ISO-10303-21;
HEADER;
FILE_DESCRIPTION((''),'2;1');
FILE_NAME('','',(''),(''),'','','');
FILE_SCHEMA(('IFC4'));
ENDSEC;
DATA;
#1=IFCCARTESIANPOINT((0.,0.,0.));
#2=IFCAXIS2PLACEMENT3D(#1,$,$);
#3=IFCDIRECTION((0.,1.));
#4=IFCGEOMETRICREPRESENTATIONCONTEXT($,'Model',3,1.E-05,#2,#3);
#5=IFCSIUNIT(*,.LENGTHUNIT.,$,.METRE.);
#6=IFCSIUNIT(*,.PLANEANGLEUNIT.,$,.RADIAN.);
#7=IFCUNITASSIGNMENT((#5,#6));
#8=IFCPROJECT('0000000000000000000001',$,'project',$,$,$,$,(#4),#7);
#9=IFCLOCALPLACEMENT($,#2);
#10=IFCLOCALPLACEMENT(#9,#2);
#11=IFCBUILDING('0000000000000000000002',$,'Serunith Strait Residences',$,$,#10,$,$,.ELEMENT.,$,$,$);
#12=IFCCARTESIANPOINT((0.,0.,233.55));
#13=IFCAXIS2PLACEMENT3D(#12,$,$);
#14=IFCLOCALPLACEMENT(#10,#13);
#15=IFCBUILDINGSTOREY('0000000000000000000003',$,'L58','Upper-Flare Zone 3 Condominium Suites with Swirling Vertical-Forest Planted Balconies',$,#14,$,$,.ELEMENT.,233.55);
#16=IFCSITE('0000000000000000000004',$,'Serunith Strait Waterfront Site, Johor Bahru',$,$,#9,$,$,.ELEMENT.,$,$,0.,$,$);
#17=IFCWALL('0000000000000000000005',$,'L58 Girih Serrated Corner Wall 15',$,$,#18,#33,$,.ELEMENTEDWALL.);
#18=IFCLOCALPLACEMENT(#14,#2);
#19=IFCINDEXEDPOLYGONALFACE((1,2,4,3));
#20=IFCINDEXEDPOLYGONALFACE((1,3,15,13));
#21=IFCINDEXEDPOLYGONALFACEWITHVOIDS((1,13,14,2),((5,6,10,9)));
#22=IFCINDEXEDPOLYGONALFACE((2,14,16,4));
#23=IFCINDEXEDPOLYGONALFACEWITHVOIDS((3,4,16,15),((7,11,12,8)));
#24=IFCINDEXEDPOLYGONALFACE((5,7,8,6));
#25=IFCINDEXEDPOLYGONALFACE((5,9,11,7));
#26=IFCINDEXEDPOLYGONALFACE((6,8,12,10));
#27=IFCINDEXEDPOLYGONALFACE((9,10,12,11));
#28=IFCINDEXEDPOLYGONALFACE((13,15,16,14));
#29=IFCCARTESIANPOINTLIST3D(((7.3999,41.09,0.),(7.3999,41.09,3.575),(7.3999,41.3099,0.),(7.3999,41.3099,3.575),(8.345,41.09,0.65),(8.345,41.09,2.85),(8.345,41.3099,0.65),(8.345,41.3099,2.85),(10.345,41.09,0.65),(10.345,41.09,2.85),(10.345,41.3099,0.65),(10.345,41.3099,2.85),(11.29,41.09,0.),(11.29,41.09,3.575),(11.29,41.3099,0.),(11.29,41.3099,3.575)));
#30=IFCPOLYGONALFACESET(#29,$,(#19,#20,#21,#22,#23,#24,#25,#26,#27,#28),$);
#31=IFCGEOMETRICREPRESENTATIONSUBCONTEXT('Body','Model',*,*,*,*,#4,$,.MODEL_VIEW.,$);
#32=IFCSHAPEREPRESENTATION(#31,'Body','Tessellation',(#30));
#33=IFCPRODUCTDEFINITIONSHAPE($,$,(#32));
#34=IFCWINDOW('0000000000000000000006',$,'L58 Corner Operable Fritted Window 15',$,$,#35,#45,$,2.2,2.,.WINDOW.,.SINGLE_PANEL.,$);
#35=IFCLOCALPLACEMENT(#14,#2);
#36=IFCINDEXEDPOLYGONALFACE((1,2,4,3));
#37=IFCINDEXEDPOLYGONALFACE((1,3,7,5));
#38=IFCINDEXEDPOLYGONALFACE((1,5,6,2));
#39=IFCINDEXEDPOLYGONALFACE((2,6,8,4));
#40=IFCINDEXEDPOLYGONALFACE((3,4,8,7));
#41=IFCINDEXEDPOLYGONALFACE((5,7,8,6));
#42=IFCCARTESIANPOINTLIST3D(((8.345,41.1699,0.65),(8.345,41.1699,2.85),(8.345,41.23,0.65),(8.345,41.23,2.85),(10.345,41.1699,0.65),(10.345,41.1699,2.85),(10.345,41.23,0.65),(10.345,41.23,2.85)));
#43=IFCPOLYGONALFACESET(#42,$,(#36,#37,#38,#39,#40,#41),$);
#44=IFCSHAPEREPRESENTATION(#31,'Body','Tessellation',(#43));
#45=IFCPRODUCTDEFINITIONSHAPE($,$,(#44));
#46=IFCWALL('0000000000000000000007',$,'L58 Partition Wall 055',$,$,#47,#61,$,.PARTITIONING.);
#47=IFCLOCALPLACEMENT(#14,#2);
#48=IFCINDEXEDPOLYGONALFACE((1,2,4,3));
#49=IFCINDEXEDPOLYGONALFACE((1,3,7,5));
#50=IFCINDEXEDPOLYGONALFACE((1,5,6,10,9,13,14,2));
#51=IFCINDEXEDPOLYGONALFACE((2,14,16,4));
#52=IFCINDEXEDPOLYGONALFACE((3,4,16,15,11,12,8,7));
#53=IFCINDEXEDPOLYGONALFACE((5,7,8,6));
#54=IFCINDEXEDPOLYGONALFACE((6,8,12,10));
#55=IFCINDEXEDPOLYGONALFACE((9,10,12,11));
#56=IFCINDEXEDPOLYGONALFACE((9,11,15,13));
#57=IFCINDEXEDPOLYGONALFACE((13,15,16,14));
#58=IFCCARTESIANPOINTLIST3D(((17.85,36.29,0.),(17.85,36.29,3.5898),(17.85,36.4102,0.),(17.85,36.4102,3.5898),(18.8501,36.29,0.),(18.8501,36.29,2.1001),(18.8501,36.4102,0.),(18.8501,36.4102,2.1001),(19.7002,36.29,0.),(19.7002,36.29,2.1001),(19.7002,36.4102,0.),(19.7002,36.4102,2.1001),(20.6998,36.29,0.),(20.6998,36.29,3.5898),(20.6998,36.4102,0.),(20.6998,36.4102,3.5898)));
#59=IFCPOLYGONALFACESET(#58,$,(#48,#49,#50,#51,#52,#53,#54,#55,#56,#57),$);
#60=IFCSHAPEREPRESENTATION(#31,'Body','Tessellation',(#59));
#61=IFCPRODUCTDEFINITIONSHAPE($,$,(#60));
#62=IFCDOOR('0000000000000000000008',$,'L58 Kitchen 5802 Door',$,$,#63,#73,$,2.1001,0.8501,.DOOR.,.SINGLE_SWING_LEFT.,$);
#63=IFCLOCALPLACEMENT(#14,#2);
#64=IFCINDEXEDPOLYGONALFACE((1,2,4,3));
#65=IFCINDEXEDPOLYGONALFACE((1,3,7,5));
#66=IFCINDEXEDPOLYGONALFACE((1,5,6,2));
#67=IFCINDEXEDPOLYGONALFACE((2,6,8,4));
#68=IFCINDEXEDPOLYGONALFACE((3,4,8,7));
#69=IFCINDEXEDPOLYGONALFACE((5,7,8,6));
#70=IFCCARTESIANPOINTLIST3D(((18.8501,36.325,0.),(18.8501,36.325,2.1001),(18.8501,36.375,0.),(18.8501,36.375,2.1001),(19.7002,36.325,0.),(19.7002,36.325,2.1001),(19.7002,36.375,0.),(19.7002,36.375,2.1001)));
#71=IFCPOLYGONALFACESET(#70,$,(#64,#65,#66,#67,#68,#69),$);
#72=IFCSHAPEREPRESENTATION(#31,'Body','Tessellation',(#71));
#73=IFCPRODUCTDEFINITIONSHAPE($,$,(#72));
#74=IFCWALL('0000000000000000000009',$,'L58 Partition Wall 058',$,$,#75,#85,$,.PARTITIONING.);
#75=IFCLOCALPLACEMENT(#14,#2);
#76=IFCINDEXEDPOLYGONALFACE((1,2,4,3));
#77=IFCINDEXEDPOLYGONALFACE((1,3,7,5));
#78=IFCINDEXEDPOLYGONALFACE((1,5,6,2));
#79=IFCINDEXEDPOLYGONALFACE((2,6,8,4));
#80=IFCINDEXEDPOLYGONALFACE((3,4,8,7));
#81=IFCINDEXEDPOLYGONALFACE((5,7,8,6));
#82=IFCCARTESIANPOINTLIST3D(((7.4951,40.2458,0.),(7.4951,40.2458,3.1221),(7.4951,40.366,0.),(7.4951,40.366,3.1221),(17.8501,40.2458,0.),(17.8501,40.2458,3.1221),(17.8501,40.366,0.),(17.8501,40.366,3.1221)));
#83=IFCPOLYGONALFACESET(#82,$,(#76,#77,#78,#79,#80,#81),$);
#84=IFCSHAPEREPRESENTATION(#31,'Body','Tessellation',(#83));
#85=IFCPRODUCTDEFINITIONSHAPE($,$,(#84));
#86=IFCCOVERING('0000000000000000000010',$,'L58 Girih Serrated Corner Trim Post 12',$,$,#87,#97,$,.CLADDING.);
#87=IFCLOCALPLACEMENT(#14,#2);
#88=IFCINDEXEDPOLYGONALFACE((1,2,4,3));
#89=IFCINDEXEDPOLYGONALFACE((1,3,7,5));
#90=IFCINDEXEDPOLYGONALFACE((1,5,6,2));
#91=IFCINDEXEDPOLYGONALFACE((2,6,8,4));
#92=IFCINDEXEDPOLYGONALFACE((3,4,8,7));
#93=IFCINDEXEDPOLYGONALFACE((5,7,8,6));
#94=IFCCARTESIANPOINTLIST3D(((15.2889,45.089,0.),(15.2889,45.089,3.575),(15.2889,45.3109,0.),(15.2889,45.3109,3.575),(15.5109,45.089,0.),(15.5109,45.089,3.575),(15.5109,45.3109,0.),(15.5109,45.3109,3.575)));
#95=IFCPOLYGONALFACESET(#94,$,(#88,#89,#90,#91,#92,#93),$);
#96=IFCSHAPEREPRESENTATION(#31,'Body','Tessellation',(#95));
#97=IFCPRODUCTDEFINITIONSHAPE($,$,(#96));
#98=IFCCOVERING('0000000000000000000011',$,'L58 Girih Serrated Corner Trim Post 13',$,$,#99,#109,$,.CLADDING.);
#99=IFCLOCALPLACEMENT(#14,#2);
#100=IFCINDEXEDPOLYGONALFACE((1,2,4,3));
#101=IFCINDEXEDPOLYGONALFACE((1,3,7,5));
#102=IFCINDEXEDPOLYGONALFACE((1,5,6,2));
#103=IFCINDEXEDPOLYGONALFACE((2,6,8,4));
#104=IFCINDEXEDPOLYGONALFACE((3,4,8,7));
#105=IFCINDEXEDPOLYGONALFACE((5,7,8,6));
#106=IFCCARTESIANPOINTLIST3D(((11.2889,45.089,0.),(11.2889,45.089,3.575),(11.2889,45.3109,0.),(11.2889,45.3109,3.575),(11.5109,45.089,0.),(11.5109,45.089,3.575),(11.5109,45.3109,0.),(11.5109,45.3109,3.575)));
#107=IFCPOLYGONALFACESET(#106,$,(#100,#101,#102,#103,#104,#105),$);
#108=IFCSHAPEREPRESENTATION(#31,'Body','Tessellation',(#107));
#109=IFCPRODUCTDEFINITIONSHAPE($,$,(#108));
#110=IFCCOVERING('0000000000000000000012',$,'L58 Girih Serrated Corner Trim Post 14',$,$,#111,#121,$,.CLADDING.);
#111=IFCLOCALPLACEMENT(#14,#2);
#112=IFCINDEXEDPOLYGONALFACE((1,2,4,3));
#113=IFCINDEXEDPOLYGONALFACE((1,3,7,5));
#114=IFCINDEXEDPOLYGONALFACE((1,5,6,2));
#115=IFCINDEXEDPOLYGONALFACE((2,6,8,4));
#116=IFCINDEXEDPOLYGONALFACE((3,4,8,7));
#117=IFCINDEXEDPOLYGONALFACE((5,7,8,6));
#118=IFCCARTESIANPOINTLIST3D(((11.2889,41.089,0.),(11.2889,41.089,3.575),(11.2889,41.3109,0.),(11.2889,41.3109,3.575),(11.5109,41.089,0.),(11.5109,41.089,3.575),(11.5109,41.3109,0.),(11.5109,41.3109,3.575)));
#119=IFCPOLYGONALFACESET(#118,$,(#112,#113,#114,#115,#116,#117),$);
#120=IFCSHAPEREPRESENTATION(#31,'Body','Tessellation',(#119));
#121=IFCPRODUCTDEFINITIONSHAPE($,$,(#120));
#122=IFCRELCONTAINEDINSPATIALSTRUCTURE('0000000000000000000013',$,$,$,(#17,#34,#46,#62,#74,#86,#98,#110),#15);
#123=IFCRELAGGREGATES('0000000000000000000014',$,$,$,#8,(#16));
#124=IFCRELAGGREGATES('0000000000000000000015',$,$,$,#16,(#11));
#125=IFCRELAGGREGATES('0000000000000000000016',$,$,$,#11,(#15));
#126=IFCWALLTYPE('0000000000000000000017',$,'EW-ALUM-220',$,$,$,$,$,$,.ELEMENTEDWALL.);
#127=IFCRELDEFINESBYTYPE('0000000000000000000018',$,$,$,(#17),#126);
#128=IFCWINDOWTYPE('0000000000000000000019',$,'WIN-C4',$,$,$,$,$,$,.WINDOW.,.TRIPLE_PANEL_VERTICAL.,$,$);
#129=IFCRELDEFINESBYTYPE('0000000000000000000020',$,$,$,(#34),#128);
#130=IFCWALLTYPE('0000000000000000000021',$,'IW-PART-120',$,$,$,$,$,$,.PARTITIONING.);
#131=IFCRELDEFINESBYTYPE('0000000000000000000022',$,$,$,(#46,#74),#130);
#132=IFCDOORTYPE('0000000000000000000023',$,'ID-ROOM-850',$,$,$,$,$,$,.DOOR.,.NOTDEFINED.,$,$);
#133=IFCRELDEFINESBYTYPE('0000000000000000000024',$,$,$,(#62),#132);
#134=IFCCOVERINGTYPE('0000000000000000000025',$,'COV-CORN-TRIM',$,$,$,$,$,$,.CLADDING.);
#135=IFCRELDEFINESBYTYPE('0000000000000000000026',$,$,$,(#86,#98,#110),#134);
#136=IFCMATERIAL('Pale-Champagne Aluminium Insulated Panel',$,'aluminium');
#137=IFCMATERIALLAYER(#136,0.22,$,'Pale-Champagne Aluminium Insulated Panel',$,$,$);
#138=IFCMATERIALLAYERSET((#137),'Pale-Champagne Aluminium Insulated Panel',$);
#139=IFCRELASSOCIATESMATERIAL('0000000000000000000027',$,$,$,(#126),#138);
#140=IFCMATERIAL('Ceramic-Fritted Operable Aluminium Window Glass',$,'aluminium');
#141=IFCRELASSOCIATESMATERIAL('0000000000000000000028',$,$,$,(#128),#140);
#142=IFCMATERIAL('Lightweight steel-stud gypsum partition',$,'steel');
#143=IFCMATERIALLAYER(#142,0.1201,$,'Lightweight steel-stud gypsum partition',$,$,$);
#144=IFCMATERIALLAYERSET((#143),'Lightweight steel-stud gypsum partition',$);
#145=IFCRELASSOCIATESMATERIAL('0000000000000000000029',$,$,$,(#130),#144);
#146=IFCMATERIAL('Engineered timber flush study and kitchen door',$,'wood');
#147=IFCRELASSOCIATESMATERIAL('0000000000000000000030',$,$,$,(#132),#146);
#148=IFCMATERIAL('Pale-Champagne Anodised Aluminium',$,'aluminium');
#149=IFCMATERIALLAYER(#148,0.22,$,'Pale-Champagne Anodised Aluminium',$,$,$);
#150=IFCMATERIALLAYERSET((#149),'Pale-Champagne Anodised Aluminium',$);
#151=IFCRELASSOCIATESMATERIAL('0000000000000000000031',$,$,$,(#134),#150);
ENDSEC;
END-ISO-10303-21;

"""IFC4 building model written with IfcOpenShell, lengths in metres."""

from ifc_helpers import new_model, si_unit, direction, frame, frame_2d, origin, origin_2d, place, context, subcontext, project, spatial, rectangle, extrude, source, transform, mapped, material, layer, layer_set, type_object, element, fill, save


model = new_model("IFC4")

# Units and contexts
model_context = context("Model", 3, precision=1e-05, world=origin(), true_north=direction((0.0, 1.0)))
body_context = subcontext(model_context, "Body", "Model", "MODEL_VIEW")
ifc_project = project(units=[si_unit("LENGTHUNIT", "METRE"), si_unit("PLANEANGLEUNIT", "RADIAN")], contexts=[model_context])

# Site, building, storey
site_placement = place(None, origin())
site = spatial("IfcSite", under=ifc_project, at=site_placement, Name="Serunith Strait Waterfront Site, Johor Bahru", CompositionType="ELEMENT", RefElevation=0.0)
building_placement = place(site_placement, origin())
building = spatial("IfcBuilding", under=site, at=building_placement, Name="Serunith Strait Residences", CompositionType="ELEMENT")
storey_placement = place(building_placement, frame((0.0, 0.0, 233.55)))
storey = spatial("IfcBuildingStorey", under=building, at=storey_placement, Name="L58", Description="Upper-Flare Zone 3 Condominium Suites with Swirling Vertical-Forest Planted Balconies", CompositionType="ELEMENT", Elevation=233.55)

# Shared definitions
ifc_material_1 = material(Name="Pale-Champagne Anodised Aluminium", Category="aluminium")

# Wall, opening, window
ifc_material_2 = material(Name="Pale-Champagne Aluminium Insulated Panel", Category="aluminium")
ifc_layer_1 = layer(ifc_material_2, 0.22, Name="Pale-Champagne Aluminium Insulated Panel")
ifc_layer_set_1 = layer_set([ifc_layer_1], Name="Pale-Champagne Aluminium Insulated Panel")
wall_type_1 = type_object("IfcWallType", Name="EW-ALUM-220", PredefinedType="ELEMENTEDWALL", material=ifc_layer_set_1)
ifc_material_3 = material(Name="Ceramic-Fritted Operable Aluminium Window Glass", Category="aluminium")
window_type = type_object("IfcWindowType", Name="WIN-C4", PartitioningType="TRIPLE_PANEL_VERTICAL", PredefinedType="WINDOW", material=ifc_material_3)
shared_shape_1 = source(origin(), body_context, "Body", "SweptSolid", [
    extrude(rectangle(XDim=2.0, YDim=2.2, at=frame_2d((1.0, 1.1001))), frame((0.0, 0.03, 0.0), z_axis=(0.0, -1.0, 0.0), x_axis=(1.0, 0.0, 0.0)), (0.0, 0.0, 1.0), 0.0601),
])
wall_1_placement = place(storey_placement, frame((11.29, 41.2, 0.0), z_axis=(0.0, 0.0, 1.0), x_axis=(-1.0, 0.0, 0.0)))
wall_1 = element("IfcWall", 1, at=wall_1_placement, inside=storey, type_object=wall_type_1, Name="L58 Girih Serrated Corner Wall 15", PredefinedType="ELEMENTEDWALL", context=body_context, shape_type="SweptSolid", body=[
    extrude(rectangle(XDim=3.8901, YDim=0.22, at=frame_2d((1.9451, 0.0))), origin(), (0.0, 0.0, 1.0), 3.575),
])
opening_1_placement = place(wall_1_placement, frame((0.9451, 0.0, 0.6499)))
opening_1 = element("IfcOpeningElement", 2, at=opening_1_placement, cuts=wall_1, PredefinedType="OPENING", context=body_context, shape_type="SweptSolid", body=[
    extrude(rectangle(XDim=2.0, YDim=2.2, at=frame_2d((1.0, 1.1001))), frame((0.0, 0.1201, 0.0), z_axis=(0.0, -1.0, 0.0), x_axis=(1.0, 0.0, 0.0)), (0.0, 0.0, 1.0), 0.24),
])
window_1_placement = place(opening_1_placement, origin())
window_1 = element("IfcWindow", 3, at=window_1_placement, inside=storey, type_object=window_type, Name="L58 Corner Operable Fritted Window 15", OverallHeight=2.2, OverallWidth=2.0, PartitioningType="SINGLE_PANEL", PredefinedType="WINDOW", context=body_context, shape_type="MappedRepresentation", body=[
    mapped(shared_shape_1, transform((0.0, 0.0, 0.0), scale=1.0)),
])
fill(opening_1, window_1)

# Wall, opening, door
ifc_material_4 = material(Name="Lightweight steel-stud gypsum partition", Category="steel")
ifc_layer_2 = layer(ifc_material_4, 0.1201, Name="Lightweight steel-stud gypsum partition")
ifc_layer_set_2 = layer_set([ifc_layer_2], Name="Lightweight steel-stud gypsum partition")
wall_type_2 = type_object("IfcWallType", Name="IW-PART-120", PredefinedType="PARTITIONING", material=ifc_layer_set_2)
wall_2_placement = place(storey_placement, frame((17.8501, 36.3501, 0.0), z_axis=(0.0, 0.0, 1.0), x_axis=(1.0, 0.0, 0.0)))
wall_2 = element("IfcWall", 4, at=wall_2_placement, inside=storey, type_object=wall_type_2, Name="L58 Partition Wall 055", PredefinedType="PARTITIONING", context=body_context, shape_type="SweptSolid", body=[
    extrude(rectangle(XDim=2.8499, YDim=0.1201, at=frame_2d((1.4248, 0.0))), origin(), (0.0, 0.0, 1.0), 3.5898),
])
opening_2_placement = place(wall_2_placement, frame((1.0, 0.0, 0.0)))
opening_2 = element("IfcOpeningElement", 5, at=opening_2_placement, cuts=wall_2, PredefinedType="OPENING", context=body_context, shape_type="SweptSolid", body=[
    extrude(rectangle(XDim=0.8501, YDim=2.1001, at=frame_2d((0.425, 1.05))), frame((0.0, 0.0701, 0.0), z_axis=(0.0, -1.0, 0.0), x_axis=(1.0, 0.0, 0.0)), (0.0, 0.0, 1.0), 0.1401),
])
ifc_material_5 = material(Name="Engineered timber flush study and kitchen door", Category="wood")
door_type = type_object("IfcDoorType", Name="ID-ROOM-850", OperationType="NOTDEFINED", PredefinedType="DOOR", material=ifc_material_5)
shared_shape_2 = source(origin(), body_context, "Body", "SweptSolid", [
    extrude(rectangle(XDim=0.8501, YDim=2.1001, at=frame_2d((0.425, 1.05))), frame((0.0, 0.0249, 0.0), z_axis=(0.0, -1.0, 0.0), x_axis=(1.0, 0.0, 0.0)), (0.0, 0.0, 1.0), 0.05),
])
door_placement = place(opening_2_placement, origin())
door = element("IfcDoor", 6, at=door_placement, inside=storey, type_object=door_type, Name="L58 Kitchen 5802 Door", OperationType="SINGLE_SWING_LEFT", OverallHeight=2.1001, OverallWidth=0.8501, PredefinedType="DOOR", context=body_context, shape_type="MappedRepresentation", body=[
    mapped(shared_shape_2, transform((0.0, 0.0, 0.0), scale=1.0)),
])
fill(opening_2, door)

# Wall
wall_3_placement = place(storey_placement, frame((7.4951, 40.3059, 0.0), z_axis=(0.0, 0.0, 1.0), x_axis=(1.0, 0.0, 0.0)))
element("IfcWall", 7, at=wall_3_placement, inside=storey, type_object=wall_type_2, Name="L58 Partition Wall 058", PredefinedType="PARTITIONING", context=body_context, shape_type="SweptSolid", body=[
    extrude(rectangle(XDim=10.355, YDim=0.1201, at=frame_2d((5.1775, 0.0))), origin(), (0.0, 0.0, 1.0), 3.1221),
])

# Coverings
ifc_layer_3 = layer(ifc_material_1, 0.22, Name="Pale-Champagne Anodised Aluminium")
ifc_layer_set_3 = layer_set([ifc_layer_3], Name="Pale-Champagne Anodised Aluminium")
covering_type = type_object("IfcCoveringType", Name="COV-CORN-TRIM", PredefinedType="CLADDING", material=ifc_layer_set_3)
shared_shape_3 = source(origin(), body_context, "Body", "SweptSolid", [
    extrude(rectangle(XDim=0.2219, YDim=0.2219, at=origin_2d()), origin(), (0.0, 0.0, 1.0), 3.575),
])
for number, where, z_axis, x_axis, name in (
    (8, (15.3999, 45.2, 0.0), (0.0, 0.0, 1.0), (1.0, 0.0, 0.0), "L58 Girih Serrated Corner Trim Post 12"),
    (9, (11.3999, 45.2, 0.0), (0.0, 0.0, 1.0), (1.0, 0.0, 0.0), "L58 Girih Serrated Corner Trim Post 13"),
    (10, (11.3999, 41.2, 0.0), (0.0, 0.0, 1.0), (1.0, 0.0, 0.0), "L58 Girih Serrated Corner Trim Post 14"),
):
    element("IfcCovering", number, at=place(storey_placement, frame(where, z_axis=z_axis, x_axis=x_axis)), inside=storey, type_object=covering_type, Name=name, PredefinedType="CLADDING", context=body_context, shape_type="MappedRepresentation", body=[
        mapped(shared_shape_3, transform((0.0, 0.0, 0.0), scale=1.0)),
    ])

save(model, "model.ifc")
